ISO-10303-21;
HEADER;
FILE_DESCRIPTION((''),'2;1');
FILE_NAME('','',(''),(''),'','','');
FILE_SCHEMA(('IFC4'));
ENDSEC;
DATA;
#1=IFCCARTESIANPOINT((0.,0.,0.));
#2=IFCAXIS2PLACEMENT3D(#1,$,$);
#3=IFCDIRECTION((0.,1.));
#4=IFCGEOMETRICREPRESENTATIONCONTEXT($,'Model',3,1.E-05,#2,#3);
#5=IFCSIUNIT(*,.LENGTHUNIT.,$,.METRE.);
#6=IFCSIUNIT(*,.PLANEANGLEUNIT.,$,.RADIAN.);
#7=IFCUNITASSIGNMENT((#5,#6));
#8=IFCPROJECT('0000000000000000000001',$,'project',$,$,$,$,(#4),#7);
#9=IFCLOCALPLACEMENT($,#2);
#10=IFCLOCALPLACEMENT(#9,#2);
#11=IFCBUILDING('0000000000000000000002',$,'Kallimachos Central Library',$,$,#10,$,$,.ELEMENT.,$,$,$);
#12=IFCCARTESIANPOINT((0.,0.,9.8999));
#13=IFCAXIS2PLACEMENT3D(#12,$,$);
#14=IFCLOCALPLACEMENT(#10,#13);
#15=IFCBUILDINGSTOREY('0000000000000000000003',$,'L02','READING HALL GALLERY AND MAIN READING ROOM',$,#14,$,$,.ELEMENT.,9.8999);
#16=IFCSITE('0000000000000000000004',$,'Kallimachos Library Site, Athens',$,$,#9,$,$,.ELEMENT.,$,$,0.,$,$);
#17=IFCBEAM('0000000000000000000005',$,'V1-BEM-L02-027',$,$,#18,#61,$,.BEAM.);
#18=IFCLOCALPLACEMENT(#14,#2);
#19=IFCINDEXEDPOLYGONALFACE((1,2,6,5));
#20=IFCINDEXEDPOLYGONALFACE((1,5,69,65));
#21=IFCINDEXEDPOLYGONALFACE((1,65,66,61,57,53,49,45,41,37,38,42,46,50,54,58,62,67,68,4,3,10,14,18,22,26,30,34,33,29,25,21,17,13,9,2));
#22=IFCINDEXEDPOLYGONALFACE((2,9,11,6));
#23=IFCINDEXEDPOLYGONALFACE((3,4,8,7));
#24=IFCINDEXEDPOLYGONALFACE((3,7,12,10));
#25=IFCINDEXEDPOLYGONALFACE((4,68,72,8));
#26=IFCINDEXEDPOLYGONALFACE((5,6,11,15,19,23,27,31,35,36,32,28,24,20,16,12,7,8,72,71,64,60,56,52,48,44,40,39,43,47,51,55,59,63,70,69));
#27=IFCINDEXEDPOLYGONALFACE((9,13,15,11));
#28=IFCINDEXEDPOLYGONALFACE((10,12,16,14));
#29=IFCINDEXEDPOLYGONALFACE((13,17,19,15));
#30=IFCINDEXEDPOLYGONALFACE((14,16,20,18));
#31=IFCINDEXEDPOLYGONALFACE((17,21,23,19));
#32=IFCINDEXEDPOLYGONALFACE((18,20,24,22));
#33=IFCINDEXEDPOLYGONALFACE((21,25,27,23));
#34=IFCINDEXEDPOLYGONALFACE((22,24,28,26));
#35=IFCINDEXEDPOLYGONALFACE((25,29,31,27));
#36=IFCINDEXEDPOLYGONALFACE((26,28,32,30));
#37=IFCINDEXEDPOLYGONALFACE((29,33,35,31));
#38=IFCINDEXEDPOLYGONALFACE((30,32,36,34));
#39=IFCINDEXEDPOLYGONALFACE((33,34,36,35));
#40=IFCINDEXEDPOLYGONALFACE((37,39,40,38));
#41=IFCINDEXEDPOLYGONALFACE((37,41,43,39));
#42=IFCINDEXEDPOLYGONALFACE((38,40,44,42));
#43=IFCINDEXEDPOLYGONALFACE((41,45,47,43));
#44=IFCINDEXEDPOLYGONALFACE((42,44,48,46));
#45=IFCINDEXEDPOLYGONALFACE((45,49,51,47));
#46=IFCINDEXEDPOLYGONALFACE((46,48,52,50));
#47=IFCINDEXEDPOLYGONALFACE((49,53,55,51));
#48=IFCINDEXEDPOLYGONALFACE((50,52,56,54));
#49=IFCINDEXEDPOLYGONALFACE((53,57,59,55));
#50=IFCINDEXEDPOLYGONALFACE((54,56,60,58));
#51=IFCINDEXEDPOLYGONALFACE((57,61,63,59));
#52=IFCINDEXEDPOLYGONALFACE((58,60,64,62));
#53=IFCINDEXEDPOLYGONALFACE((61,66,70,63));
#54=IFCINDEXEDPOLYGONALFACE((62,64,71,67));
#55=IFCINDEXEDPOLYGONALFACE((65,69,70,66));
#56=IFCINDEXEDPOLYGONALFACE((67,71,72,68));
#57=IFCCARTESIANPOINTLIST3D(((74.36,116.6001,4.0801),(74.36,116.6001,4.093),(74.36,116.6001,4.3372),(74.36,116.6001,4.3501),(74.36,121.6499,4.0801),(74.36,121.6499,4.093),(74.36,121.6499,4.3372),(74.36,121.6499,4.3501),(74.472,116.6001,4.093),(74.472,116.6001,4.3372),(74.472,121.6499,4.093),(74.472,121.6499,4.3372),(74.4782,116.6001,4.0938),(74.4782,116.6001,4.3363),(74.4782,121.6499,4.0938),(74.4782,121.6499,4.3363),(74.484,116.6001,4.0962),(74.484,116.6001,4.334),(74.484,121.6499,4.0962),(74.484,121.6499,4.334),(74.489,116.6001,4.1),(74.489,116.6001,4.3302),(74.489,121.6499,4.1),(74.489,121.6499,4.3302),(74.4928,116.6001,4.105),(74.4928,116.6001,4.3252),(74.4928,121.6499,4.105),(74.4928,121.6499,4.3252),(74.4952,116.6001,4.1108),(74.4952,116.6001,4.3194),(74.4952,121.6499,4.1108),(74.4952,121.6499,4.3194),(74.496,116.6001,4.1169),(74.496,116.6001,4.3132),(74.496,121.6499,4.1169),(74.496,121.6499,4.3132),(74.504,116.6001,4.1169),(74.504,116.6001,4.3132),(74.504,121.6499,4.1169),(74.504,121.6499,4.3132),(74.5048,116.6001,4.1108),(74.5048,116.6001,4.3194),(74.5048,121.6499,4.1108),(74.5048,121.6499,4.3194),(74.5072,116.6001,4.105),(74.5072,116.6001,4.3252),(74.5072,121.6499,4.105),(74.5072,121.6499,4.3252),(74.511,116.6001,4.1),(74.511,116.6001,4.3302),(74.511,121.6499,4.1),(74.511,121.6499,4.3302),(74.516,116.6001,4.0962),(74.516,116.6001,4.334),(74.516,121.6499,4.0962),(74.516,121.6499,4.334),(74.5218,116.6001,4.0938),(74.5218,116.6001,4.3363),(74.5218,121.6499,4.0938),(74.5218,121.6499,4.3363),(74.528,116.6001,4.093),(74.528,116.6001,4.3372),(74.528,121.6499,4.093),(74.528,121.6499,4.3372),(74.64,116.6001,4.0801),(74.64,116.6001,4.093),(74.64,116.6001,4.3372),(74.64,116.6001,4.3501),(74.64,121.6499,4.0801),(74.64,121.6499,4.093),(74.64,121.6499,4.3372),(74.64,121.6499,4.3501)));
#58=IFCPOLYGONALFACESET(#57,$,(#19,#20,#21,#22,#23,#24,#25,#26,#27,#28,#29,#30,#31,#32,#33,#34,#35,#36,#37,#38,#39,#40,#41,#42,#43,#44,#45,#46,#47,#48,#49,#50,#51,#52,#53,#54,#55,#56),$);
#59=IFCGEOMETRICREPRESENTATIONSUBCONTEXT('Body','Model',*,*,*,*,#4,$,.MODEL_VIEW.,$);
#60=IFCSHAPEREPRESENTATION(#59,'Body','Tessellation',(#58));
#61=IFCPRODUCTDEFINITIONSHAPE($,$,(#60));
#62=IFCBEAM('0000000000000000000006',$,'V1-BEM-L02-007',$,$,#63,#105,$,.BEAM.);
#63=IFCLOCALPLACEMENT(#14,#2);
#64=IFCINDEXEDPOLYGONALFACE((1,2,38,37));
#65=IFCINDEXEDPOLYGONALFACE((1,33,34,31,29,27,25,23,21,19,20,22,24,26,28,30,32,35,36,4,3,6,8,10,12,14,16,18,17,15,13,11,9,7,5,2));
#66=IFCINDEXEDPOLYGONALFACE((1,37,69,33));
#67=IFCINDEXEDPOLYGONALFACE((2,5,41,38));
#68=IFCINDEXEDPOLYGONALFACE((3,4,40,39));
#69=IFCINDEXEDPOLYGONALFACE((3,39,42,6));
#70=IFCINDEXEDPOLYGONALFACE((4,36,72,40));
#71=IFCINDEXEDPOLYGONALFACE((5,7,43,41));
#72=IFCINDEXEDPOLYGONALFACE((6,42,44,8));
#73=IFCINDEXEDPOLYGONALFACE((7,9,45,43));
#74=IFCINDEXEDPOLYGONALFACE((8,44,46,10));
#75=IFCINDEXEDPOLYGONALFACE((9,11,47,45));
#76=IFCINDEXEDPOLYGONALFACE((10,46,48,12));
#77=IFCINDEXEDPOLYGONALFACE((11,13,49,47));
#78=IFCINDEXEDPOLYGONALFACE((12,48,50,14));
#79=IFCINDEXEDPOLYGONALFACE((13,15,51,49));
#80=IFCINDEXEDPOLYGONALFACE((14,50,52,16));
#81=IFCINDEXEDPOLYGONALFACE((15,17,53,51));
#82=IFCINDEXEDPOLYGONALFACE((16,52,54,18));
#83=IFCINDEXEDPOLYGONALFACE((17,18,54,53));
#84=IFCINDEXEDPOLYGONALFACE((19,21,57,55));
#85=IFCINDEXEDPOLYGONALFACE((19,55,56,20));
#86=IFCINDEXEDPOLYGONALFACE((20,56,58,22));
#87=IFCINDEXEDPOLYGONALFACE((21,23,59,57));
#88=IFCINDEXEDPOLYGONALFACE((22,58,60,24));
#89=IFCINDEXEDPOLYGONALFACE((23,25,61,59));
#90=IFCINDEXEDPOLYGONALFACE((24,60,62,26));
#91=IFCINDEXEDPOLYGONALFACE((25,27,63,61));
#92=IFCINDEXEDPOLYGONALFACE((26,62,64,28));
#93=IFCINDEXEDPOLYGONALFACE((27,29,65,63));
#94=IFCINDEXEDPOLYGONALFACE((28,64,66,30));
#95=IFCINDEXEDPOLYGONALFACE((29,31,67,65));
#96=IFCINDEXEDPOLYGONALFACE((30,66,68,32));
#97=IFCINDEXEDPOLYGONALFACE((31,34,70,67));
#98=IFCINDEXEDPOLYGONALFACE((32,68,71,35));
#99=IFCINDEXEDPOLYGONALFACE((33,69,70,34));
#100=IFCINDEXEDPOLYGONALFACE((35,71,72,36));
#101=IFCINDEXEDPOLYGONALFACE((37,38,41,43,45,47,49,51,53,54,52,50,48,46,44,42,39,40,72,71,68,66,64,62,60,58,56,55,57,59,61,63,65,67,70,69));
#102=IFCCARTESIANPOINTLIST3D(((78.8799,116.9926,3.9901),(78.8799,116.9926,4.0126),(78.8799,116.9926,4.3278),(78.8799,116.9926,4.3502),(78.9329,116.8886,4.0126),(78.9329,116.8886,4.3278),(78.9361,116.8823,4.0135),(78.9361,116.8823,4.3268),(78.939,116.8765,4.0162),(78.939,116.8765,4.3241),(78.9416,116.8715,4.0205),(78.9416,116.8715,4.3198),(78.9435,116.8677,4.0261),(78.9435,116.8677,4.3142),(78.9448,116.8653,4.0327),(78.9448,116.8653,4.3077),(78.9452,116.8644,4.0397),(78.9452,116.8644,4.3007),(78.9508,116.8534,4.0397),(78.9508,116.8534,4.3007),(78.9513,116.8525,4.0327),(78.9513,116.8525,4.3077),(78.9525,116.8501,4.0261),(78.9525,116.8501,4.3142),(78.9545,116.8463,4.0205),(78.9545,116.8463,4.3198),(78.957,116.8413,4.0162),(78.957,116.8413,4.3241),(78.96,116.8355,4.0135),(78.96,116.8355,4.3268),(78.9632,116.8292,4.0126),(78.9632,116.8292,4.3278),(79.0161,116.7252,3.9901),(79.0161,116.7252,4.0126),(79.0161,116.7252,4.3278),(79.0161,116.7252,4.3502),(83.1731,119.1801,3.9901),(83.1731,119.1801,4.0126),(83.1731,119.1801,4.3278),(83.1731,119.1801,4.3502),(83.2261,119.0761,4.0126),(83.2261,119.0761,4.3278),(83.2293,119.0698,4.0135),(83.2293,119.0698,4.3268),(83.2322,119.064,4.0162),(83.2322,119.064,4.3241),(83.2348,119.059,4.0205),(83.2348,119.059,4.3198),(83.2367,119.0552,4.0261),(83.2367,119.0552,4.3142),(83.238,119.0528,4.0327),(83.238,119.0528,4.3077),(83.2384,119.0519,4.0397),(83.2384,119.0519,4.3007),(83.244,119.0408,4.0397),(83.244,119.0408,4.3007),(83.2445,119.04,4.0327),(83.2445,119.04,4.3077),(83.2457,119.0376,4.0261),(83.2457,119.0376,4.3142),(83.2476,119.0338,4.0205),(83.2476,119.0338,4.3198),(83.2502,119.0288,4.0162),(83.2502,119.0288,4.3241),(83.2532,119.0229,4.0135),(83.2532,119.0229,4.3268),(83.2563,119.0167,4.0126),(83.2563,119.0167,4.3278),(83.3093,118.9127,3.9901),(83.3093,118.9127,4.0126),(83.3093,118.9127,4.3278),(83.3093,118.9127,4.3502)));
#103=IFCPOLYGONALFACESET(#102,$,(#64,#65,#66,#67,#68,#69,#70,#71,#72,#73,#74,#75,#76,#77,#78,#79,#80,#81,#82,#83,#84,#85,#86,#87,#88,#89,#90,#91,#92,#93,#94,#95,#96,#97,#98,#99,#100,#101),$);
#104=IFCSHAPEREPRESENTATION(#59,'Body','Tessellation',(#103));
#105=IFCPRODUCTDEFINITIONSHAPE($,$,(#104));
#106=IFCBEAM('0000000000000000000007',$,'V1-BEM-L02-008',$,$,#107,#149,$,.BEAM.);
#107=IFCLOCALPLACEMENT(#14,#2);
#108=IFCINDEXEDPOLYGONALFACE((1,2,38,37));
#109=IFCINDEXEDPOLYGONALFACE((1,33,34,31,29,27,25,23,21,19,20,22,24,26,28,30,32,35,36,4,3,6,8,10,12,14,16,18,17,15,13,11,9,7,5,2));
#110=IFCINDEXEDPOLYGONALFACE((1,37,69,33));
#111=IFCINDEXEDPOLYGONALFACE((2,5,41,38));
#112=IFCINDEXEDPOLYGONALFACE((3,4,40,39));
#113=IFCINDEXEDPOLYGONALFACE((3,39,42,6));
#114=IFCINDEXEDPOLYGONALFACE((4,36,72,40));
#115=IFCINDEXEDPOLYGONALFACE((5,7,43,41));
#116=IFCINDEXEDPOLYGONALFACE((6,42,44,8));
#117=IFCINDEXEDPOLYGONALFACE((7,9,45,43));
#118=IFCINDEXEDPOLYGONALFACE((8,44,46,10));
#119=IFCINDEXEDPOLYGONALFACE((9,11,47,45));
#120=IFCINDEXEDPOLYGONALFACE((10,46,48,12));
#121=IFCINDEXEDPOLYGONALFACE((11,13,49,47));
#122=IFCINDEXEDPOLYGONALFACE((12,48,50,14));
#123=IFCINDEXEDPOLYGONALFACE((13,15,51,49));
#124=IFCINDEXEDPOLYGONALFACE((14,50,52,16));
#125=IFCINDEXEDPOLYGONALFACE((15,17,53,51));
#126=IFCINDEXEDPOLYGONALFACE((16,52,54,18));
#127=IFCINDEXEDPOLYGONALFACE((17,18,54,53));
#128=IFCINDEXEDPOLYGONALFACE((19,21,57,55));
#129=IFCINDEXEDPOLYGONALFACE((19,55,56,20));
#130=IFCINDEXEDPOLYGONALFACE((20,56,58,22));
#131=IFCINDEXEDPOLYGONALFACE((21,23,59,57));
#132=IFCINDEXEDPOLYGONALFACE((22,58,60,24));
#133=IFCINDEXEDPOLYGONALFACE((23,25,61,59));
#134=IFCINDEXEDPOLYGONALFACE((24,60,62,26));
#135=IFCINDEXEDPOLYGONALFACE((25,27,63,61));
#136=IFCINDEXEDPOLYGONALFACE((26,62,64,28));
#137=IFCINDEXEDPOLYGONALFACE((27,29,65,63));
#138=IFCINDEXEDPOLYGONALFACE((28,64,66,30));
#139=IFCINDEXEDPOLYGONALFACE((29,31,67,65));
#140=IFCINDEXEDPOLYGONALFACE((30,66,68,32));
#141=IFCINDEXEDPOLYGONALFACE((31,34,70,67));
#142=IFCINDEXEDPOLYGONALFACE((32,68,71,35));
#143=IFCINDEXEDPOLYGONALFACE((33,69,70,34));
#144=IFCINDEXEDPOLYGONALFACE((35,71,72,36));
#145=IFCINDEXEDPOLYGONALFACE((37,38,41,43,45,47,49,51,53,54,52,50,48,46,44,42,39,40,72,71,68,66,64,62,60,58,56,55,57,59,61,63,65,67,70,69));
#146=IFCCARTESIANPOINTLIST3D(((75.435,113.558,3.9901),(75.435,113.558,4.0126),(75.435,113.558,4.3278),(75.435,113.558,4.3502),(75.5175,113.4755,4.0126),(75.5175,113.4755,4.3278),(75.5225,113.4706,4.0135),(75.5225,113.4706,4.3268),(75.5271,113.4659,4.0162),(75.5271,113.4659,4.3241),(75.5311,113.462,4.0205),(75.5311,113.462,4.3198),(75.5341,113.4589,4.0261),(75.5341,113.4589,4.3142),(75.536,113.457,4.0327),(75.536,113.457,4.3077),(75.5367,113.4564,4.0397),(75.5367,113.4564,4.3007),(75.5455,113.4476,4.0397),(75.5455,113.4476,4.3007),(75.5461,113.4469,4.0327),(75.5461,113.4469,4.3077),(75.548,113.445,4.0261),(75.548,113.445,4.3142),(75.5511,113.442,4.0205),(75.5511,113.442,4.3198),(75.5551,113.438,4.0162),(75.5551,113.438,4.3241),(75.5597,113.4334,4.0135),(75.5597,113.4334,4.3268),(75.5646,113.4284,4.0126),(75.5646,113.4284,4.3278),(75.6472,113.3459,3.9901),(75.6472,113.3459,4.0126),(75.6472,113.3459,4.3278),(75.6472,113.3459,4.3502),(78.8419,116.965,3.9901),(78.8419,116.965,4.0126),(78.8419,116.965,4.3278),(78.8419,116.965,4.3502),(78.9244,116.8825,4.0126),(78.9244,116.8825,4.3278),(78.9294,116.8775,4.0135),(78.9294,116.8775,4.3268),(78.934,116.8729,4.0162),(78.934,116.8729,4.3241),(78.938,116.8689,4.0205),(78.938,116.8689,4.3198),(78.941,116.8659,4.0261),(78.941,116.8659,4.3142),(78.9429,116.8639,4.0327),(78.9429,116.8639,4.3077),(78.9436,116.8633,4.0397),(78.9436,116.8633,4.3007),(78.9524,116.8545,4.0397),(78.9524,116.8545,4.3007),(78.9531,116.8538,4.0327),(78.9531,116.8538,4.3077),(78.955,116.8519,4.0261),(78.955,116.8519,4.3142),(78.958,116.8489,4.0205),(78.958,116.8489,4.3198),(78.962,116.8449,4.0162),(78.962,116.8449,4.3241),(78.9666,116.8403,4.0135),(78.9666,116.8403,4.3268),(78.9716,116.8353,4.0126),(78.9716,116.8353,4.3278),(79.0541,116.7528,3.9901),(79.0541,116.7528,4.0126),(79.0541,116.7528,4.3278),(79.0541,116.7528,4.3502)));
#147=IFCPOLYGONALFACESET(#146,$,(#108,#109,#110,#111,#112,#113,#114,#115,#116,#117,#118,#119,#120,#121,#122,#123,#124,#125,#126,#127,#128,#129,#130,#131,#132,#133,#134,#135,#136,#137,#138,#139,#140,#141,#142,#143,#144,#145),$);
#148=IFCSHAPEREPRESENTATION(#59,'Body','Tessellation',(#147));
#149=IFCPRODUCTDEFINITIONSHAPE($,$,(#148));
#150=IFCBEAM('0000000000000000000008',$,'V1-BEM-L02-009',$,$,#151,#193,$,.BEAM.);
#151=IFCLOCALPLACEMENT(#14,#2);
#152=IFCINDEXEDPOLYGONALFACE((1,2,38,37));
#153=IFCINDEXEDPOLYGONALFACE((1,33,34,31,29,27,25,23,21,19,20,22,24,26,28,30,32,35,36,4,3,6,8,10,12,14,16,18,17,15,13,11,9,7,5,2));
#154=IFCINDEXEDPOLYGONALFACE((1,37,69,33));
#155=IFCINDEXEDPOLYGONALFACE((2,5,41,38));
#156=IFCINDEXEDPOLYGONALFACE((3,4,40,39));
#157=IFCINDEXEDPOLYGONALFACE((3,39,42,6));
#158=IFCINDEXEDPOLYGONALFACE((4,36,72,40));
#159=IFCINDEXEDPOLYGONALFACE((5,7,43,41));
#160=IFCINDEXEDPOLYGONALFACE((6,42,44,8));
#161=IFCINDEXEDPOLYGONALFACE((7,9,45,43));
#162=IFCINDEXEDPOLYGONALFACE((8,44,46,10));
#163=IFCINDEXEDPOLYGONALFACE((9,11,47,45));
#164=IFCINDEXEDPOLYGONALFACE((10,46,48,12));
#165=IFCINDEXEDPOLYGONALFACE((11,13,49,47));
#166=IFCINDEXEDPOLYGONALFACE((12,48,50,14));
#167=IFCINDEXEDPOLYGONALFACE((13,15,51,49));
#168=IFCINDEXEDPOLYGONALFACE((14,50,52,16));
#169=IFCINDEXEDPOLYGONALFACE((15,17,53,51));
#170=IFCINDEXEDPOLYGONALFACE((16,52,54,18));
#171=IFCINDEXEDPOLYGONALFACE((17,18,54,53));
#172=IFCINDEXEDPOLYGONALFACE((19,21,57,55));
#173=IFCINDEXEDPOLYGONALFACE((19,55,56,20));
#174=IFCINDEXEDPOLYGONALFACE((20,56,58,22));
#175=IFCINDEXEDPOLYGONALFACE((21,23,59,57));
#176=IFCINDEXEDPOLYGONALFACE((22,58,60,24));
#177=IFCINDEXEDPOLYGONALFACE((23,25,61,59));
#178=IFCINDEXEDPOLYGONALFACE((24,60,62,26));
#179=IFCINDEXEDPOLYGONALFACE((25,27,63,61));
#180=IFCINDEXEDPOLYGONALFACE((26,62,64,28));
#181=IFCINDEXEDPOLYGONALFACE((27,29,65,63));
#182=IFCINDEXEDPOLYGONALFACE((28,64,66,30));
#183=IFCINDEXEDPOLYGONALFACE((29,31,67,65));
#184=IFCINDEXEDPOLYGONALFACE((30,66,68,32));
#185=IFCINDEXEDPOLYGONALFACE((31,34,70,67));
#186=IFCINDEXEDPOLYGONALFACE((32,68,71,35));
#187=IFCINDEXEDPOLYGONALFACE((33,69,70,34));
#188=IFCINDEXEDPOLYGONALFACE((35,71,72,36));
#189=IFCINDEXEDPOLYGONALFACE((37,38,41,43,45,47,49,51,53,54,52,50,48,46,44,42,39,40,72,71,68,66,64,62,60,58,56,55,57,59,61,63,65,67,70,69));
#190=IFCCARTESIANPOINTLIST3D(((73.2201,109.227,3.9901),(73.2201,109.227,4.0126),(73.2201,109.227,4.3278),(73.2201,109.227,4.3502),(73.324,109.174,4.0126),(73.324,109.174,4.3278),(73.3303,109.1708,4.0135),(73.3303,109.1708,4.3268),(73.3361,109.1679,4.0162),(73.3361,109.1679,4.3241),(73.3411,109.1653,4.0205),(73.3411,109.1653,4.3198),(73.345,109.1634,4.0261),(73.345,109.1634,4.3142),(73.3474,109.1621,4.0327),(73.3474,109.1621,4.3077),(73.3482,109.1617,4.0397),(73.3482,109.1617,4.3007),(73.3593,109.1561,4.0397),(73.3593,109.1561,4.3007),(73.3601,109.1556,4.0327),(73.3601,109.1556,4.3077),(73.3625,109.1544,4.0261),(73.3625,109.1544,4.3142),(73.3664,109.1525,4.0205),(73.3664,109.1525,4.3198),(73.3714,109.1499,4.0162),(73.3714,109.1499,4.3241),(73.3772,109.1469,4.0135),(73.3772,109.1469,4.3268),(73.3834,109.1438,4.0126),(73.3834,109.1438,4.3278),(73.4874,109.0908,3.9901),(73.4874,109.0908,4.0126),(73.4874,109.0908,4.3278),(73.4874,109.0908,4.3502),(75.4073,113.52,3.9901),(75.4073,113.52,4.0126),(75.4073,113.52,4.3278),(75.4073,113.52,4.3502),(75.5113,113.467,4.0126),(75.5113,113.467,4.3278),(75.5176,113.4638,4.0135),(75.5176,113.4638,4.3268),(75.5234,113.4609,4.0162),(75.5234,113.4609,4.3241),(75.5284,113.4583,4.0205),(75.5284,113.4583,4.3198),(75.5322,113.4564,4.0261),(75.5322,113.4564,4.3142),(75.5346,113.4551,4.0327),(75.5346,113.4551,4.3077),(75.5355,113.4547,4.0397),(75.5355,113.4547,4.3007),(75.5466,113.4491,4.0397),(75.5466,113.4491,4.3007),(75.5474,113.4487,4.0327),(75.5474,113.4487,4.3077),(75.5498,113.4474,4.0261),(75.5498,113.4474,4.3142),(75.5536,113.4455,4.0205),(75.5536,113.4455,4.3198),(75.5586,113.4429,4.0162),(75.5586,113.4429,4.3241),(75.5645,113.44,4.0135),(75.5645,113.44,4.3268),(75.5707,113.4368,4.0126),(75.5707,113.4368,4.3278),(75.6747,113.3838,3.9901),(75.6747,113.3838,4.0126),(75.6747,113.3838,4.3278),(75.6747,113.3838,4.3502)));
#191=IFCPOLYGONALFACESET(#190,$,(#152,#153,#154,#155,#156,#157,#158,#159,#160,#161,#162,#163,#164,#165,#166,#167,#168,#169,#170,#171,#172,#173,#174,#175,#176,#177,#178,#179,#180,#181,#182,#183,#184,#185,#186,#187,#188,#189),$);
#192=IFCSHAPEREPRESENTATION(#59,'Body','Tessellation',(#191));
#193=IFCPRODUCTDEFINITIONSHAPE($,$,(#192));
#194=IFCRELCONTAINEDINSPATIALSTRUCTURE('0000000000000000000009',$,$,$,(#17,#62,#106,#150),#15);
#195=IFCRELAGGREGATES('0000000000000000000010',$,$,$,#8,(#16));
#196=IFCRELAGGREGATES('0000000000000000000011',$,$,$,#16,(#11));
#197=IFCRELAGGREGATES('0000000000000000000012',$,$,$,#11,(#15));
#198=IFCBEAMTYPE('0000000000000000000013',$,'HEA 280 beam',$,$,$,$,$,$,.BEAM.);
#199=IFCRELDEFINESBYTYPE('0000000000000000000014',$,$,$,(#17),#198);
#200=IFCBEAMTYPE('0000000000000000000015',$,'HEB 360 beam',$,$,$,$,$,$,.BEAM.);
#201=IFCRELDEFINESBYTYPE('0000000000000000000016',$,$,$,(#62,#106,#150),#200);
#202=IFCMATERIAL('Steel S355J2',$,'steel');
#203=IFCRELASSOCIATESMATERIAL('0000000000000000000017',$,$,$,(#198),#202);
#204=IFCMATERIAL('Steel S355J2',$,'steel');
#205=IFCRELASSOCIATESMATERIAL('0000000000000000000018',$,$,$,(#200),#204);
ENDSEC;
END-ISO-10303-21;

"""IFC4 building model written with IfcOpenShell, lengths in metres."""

from ifc_helpers import new_model, si_unit, direction, frame, origin, origin_2d, place, context, subcontext, project, spatial, i_section, extrude, material, material_profile, profile_set, type_object, element, save


model = new_model("IFC4")

# Units and contexts
model_context = context("Model", 3, precision=1e-05, world=origin(), true_north=direction((0.0, 1.0)))
body_context = subcontext(model_context, "Body", "Model", "MODEL_VIEW")
ifc_project = project(units=[si_unit("LENGTHUNIT", "METRE"), si_unit("PLANEANGLEUNIT", "RADIAN")], contexts=[model_context])

# Site, building, storey
site_placement = place(None, origin())
site = spatial("IfcSite", under=ifc_project, at=site_placement, Name="Kallimachos Library Site, Athens", CompositionType="ELEMENT", RefElevation=0.0)
building_placement = place(site_placement, origin())
building = spatial("IfcBuilding", under=site, at=building_placement, Name="Kallimachos Central Library", CompositionType="ELEMENT")
storey_placement = place(building_placement, frame((0.0, 0.0, 9.8999)))
storey = spatial("IfcBuildingStorey", under=building, at=storey_placement, Name="L02", Description="READING HALL GALLERY AND MAIN READING ROOM", CompositionType="ELEMENT", Elevation=9.8999)

# Beams
ifc_material_1 = material(Name="Steel S355J2", Category="steel")
ifc_material_profile_1 = material_profile(ifc_material_1, i_section(OverallWidth=0.28, OverallDepth=0.27, WebThickness=0.0081, FlangeThickness=0.0129, FilletRadius=0.0239, at=origin_2d()), Name="HEA 280")
ifc_profile_set_1 = profile_set([ifc_material_profile_1], Name="Steel S355J2")
beam_type_1 = type_object("IfcBeamType", Name="HEA 280 beam", PredefinedType="BEAM", material=ifc_profile_set_1)
beam_1_placement = place(storey_placement, frame((74.5, 116.6001, 4.2151), z_axis=(0.0, 1.0, 0.0), x_axis=(-1.0, 0.0, 0.0)))
element("IfcBeam", 1, at=beam_1_placement, inside=storey, type_object=beam_type_1, Name="V1-BEM-L02-027", PredefinedType="BEAM", context=body_context, shape_type="SweptSolid", body=[
    extrude(i_section(OverallWidth=0.28, OverallDepth=0.27, WebThickness=0.0081, FlangeThickness=0.0129, FilletRadius=0.0239, at=origin_2d()), origin(), (0.0, 0.0, 1.0), 5.0498),
])
ifc_material_2 = material(Name="Steel S355J2", Category="steel")
ifc_material_profile_2 = material_profile(ifc_material_2, i_section(OverallWidth=0.3, OverallDepth=0.3601, WebThickness=0.0125, FlangeThickness=0.0225, FilletRadius=0.0271, at=origin_2d()), Name="HEB 360")
ifc_profile_set_2 = profile_set([ifc_material_profile_2], Name="Steel S355J2")
beam_type_2 = type_object("IfcBeamType", Name="HEB 360 beam", PredefinedType="BEAM", material=ifc_profile_set_2)
beam_2_placement = place(storey_placement, frame((83.2412, 119.0464, 4.1702), z_axis=(-0.891007, -0.45399, 0.0), x_axis=(0.45399, -0.891007, 0.0)))
element("IfcBeam", 2, at=beam_2_placement, inside=storey, type_object=beam_type_2, Name="V1-BEM-L02-007", PredefinedType="BEAM", context=body_context, shape_type="SweptSolid", body=[
    extrude(i_section(OverallWidth=0.3, OverallDepth=0.3601, WebThickness=0.0125, FlangeThickness=0.0225, FilletRadius=0.0271, at=origin_2d()), origin(), (0.0, 0.0, 1.0), 4.8184),
])
for number, where, z_axis, x_axis, name in (
    (3, (78.948, 116.8589, 4.1702), (-0.707107, -0.707107, 0.0), (0.707107, -0.707107, 0.0), "V1-BEM-L02-008"),
    (4, (75.541, 113.4519, 4.1702), (-0.453971, -0.891017, 0.0), (0.891017, -0.453971, 0.0), "V1-BEM-L02-009"),
):
    element("IfcBeam", number, at=place(storey_placement, frame(where, z_axis=z_axis, x_axis=x_axis)), inside=storey, type_object=beam_type_2, Name=name, PredefinedType="BEAM", context=body_context, shape_type="SweptSolid", body=[
        extrude(i_section(OverallWidth=0.3, OverallDepth=0.3601, WebThickness=0.0125, FlangeThickness=0.0225, FilletRadius=0.0271, at=origin_2d()), origin(), (0.0, 0.0, 1.0), 4.8181),
    ])

save(model, "model.ifc")
